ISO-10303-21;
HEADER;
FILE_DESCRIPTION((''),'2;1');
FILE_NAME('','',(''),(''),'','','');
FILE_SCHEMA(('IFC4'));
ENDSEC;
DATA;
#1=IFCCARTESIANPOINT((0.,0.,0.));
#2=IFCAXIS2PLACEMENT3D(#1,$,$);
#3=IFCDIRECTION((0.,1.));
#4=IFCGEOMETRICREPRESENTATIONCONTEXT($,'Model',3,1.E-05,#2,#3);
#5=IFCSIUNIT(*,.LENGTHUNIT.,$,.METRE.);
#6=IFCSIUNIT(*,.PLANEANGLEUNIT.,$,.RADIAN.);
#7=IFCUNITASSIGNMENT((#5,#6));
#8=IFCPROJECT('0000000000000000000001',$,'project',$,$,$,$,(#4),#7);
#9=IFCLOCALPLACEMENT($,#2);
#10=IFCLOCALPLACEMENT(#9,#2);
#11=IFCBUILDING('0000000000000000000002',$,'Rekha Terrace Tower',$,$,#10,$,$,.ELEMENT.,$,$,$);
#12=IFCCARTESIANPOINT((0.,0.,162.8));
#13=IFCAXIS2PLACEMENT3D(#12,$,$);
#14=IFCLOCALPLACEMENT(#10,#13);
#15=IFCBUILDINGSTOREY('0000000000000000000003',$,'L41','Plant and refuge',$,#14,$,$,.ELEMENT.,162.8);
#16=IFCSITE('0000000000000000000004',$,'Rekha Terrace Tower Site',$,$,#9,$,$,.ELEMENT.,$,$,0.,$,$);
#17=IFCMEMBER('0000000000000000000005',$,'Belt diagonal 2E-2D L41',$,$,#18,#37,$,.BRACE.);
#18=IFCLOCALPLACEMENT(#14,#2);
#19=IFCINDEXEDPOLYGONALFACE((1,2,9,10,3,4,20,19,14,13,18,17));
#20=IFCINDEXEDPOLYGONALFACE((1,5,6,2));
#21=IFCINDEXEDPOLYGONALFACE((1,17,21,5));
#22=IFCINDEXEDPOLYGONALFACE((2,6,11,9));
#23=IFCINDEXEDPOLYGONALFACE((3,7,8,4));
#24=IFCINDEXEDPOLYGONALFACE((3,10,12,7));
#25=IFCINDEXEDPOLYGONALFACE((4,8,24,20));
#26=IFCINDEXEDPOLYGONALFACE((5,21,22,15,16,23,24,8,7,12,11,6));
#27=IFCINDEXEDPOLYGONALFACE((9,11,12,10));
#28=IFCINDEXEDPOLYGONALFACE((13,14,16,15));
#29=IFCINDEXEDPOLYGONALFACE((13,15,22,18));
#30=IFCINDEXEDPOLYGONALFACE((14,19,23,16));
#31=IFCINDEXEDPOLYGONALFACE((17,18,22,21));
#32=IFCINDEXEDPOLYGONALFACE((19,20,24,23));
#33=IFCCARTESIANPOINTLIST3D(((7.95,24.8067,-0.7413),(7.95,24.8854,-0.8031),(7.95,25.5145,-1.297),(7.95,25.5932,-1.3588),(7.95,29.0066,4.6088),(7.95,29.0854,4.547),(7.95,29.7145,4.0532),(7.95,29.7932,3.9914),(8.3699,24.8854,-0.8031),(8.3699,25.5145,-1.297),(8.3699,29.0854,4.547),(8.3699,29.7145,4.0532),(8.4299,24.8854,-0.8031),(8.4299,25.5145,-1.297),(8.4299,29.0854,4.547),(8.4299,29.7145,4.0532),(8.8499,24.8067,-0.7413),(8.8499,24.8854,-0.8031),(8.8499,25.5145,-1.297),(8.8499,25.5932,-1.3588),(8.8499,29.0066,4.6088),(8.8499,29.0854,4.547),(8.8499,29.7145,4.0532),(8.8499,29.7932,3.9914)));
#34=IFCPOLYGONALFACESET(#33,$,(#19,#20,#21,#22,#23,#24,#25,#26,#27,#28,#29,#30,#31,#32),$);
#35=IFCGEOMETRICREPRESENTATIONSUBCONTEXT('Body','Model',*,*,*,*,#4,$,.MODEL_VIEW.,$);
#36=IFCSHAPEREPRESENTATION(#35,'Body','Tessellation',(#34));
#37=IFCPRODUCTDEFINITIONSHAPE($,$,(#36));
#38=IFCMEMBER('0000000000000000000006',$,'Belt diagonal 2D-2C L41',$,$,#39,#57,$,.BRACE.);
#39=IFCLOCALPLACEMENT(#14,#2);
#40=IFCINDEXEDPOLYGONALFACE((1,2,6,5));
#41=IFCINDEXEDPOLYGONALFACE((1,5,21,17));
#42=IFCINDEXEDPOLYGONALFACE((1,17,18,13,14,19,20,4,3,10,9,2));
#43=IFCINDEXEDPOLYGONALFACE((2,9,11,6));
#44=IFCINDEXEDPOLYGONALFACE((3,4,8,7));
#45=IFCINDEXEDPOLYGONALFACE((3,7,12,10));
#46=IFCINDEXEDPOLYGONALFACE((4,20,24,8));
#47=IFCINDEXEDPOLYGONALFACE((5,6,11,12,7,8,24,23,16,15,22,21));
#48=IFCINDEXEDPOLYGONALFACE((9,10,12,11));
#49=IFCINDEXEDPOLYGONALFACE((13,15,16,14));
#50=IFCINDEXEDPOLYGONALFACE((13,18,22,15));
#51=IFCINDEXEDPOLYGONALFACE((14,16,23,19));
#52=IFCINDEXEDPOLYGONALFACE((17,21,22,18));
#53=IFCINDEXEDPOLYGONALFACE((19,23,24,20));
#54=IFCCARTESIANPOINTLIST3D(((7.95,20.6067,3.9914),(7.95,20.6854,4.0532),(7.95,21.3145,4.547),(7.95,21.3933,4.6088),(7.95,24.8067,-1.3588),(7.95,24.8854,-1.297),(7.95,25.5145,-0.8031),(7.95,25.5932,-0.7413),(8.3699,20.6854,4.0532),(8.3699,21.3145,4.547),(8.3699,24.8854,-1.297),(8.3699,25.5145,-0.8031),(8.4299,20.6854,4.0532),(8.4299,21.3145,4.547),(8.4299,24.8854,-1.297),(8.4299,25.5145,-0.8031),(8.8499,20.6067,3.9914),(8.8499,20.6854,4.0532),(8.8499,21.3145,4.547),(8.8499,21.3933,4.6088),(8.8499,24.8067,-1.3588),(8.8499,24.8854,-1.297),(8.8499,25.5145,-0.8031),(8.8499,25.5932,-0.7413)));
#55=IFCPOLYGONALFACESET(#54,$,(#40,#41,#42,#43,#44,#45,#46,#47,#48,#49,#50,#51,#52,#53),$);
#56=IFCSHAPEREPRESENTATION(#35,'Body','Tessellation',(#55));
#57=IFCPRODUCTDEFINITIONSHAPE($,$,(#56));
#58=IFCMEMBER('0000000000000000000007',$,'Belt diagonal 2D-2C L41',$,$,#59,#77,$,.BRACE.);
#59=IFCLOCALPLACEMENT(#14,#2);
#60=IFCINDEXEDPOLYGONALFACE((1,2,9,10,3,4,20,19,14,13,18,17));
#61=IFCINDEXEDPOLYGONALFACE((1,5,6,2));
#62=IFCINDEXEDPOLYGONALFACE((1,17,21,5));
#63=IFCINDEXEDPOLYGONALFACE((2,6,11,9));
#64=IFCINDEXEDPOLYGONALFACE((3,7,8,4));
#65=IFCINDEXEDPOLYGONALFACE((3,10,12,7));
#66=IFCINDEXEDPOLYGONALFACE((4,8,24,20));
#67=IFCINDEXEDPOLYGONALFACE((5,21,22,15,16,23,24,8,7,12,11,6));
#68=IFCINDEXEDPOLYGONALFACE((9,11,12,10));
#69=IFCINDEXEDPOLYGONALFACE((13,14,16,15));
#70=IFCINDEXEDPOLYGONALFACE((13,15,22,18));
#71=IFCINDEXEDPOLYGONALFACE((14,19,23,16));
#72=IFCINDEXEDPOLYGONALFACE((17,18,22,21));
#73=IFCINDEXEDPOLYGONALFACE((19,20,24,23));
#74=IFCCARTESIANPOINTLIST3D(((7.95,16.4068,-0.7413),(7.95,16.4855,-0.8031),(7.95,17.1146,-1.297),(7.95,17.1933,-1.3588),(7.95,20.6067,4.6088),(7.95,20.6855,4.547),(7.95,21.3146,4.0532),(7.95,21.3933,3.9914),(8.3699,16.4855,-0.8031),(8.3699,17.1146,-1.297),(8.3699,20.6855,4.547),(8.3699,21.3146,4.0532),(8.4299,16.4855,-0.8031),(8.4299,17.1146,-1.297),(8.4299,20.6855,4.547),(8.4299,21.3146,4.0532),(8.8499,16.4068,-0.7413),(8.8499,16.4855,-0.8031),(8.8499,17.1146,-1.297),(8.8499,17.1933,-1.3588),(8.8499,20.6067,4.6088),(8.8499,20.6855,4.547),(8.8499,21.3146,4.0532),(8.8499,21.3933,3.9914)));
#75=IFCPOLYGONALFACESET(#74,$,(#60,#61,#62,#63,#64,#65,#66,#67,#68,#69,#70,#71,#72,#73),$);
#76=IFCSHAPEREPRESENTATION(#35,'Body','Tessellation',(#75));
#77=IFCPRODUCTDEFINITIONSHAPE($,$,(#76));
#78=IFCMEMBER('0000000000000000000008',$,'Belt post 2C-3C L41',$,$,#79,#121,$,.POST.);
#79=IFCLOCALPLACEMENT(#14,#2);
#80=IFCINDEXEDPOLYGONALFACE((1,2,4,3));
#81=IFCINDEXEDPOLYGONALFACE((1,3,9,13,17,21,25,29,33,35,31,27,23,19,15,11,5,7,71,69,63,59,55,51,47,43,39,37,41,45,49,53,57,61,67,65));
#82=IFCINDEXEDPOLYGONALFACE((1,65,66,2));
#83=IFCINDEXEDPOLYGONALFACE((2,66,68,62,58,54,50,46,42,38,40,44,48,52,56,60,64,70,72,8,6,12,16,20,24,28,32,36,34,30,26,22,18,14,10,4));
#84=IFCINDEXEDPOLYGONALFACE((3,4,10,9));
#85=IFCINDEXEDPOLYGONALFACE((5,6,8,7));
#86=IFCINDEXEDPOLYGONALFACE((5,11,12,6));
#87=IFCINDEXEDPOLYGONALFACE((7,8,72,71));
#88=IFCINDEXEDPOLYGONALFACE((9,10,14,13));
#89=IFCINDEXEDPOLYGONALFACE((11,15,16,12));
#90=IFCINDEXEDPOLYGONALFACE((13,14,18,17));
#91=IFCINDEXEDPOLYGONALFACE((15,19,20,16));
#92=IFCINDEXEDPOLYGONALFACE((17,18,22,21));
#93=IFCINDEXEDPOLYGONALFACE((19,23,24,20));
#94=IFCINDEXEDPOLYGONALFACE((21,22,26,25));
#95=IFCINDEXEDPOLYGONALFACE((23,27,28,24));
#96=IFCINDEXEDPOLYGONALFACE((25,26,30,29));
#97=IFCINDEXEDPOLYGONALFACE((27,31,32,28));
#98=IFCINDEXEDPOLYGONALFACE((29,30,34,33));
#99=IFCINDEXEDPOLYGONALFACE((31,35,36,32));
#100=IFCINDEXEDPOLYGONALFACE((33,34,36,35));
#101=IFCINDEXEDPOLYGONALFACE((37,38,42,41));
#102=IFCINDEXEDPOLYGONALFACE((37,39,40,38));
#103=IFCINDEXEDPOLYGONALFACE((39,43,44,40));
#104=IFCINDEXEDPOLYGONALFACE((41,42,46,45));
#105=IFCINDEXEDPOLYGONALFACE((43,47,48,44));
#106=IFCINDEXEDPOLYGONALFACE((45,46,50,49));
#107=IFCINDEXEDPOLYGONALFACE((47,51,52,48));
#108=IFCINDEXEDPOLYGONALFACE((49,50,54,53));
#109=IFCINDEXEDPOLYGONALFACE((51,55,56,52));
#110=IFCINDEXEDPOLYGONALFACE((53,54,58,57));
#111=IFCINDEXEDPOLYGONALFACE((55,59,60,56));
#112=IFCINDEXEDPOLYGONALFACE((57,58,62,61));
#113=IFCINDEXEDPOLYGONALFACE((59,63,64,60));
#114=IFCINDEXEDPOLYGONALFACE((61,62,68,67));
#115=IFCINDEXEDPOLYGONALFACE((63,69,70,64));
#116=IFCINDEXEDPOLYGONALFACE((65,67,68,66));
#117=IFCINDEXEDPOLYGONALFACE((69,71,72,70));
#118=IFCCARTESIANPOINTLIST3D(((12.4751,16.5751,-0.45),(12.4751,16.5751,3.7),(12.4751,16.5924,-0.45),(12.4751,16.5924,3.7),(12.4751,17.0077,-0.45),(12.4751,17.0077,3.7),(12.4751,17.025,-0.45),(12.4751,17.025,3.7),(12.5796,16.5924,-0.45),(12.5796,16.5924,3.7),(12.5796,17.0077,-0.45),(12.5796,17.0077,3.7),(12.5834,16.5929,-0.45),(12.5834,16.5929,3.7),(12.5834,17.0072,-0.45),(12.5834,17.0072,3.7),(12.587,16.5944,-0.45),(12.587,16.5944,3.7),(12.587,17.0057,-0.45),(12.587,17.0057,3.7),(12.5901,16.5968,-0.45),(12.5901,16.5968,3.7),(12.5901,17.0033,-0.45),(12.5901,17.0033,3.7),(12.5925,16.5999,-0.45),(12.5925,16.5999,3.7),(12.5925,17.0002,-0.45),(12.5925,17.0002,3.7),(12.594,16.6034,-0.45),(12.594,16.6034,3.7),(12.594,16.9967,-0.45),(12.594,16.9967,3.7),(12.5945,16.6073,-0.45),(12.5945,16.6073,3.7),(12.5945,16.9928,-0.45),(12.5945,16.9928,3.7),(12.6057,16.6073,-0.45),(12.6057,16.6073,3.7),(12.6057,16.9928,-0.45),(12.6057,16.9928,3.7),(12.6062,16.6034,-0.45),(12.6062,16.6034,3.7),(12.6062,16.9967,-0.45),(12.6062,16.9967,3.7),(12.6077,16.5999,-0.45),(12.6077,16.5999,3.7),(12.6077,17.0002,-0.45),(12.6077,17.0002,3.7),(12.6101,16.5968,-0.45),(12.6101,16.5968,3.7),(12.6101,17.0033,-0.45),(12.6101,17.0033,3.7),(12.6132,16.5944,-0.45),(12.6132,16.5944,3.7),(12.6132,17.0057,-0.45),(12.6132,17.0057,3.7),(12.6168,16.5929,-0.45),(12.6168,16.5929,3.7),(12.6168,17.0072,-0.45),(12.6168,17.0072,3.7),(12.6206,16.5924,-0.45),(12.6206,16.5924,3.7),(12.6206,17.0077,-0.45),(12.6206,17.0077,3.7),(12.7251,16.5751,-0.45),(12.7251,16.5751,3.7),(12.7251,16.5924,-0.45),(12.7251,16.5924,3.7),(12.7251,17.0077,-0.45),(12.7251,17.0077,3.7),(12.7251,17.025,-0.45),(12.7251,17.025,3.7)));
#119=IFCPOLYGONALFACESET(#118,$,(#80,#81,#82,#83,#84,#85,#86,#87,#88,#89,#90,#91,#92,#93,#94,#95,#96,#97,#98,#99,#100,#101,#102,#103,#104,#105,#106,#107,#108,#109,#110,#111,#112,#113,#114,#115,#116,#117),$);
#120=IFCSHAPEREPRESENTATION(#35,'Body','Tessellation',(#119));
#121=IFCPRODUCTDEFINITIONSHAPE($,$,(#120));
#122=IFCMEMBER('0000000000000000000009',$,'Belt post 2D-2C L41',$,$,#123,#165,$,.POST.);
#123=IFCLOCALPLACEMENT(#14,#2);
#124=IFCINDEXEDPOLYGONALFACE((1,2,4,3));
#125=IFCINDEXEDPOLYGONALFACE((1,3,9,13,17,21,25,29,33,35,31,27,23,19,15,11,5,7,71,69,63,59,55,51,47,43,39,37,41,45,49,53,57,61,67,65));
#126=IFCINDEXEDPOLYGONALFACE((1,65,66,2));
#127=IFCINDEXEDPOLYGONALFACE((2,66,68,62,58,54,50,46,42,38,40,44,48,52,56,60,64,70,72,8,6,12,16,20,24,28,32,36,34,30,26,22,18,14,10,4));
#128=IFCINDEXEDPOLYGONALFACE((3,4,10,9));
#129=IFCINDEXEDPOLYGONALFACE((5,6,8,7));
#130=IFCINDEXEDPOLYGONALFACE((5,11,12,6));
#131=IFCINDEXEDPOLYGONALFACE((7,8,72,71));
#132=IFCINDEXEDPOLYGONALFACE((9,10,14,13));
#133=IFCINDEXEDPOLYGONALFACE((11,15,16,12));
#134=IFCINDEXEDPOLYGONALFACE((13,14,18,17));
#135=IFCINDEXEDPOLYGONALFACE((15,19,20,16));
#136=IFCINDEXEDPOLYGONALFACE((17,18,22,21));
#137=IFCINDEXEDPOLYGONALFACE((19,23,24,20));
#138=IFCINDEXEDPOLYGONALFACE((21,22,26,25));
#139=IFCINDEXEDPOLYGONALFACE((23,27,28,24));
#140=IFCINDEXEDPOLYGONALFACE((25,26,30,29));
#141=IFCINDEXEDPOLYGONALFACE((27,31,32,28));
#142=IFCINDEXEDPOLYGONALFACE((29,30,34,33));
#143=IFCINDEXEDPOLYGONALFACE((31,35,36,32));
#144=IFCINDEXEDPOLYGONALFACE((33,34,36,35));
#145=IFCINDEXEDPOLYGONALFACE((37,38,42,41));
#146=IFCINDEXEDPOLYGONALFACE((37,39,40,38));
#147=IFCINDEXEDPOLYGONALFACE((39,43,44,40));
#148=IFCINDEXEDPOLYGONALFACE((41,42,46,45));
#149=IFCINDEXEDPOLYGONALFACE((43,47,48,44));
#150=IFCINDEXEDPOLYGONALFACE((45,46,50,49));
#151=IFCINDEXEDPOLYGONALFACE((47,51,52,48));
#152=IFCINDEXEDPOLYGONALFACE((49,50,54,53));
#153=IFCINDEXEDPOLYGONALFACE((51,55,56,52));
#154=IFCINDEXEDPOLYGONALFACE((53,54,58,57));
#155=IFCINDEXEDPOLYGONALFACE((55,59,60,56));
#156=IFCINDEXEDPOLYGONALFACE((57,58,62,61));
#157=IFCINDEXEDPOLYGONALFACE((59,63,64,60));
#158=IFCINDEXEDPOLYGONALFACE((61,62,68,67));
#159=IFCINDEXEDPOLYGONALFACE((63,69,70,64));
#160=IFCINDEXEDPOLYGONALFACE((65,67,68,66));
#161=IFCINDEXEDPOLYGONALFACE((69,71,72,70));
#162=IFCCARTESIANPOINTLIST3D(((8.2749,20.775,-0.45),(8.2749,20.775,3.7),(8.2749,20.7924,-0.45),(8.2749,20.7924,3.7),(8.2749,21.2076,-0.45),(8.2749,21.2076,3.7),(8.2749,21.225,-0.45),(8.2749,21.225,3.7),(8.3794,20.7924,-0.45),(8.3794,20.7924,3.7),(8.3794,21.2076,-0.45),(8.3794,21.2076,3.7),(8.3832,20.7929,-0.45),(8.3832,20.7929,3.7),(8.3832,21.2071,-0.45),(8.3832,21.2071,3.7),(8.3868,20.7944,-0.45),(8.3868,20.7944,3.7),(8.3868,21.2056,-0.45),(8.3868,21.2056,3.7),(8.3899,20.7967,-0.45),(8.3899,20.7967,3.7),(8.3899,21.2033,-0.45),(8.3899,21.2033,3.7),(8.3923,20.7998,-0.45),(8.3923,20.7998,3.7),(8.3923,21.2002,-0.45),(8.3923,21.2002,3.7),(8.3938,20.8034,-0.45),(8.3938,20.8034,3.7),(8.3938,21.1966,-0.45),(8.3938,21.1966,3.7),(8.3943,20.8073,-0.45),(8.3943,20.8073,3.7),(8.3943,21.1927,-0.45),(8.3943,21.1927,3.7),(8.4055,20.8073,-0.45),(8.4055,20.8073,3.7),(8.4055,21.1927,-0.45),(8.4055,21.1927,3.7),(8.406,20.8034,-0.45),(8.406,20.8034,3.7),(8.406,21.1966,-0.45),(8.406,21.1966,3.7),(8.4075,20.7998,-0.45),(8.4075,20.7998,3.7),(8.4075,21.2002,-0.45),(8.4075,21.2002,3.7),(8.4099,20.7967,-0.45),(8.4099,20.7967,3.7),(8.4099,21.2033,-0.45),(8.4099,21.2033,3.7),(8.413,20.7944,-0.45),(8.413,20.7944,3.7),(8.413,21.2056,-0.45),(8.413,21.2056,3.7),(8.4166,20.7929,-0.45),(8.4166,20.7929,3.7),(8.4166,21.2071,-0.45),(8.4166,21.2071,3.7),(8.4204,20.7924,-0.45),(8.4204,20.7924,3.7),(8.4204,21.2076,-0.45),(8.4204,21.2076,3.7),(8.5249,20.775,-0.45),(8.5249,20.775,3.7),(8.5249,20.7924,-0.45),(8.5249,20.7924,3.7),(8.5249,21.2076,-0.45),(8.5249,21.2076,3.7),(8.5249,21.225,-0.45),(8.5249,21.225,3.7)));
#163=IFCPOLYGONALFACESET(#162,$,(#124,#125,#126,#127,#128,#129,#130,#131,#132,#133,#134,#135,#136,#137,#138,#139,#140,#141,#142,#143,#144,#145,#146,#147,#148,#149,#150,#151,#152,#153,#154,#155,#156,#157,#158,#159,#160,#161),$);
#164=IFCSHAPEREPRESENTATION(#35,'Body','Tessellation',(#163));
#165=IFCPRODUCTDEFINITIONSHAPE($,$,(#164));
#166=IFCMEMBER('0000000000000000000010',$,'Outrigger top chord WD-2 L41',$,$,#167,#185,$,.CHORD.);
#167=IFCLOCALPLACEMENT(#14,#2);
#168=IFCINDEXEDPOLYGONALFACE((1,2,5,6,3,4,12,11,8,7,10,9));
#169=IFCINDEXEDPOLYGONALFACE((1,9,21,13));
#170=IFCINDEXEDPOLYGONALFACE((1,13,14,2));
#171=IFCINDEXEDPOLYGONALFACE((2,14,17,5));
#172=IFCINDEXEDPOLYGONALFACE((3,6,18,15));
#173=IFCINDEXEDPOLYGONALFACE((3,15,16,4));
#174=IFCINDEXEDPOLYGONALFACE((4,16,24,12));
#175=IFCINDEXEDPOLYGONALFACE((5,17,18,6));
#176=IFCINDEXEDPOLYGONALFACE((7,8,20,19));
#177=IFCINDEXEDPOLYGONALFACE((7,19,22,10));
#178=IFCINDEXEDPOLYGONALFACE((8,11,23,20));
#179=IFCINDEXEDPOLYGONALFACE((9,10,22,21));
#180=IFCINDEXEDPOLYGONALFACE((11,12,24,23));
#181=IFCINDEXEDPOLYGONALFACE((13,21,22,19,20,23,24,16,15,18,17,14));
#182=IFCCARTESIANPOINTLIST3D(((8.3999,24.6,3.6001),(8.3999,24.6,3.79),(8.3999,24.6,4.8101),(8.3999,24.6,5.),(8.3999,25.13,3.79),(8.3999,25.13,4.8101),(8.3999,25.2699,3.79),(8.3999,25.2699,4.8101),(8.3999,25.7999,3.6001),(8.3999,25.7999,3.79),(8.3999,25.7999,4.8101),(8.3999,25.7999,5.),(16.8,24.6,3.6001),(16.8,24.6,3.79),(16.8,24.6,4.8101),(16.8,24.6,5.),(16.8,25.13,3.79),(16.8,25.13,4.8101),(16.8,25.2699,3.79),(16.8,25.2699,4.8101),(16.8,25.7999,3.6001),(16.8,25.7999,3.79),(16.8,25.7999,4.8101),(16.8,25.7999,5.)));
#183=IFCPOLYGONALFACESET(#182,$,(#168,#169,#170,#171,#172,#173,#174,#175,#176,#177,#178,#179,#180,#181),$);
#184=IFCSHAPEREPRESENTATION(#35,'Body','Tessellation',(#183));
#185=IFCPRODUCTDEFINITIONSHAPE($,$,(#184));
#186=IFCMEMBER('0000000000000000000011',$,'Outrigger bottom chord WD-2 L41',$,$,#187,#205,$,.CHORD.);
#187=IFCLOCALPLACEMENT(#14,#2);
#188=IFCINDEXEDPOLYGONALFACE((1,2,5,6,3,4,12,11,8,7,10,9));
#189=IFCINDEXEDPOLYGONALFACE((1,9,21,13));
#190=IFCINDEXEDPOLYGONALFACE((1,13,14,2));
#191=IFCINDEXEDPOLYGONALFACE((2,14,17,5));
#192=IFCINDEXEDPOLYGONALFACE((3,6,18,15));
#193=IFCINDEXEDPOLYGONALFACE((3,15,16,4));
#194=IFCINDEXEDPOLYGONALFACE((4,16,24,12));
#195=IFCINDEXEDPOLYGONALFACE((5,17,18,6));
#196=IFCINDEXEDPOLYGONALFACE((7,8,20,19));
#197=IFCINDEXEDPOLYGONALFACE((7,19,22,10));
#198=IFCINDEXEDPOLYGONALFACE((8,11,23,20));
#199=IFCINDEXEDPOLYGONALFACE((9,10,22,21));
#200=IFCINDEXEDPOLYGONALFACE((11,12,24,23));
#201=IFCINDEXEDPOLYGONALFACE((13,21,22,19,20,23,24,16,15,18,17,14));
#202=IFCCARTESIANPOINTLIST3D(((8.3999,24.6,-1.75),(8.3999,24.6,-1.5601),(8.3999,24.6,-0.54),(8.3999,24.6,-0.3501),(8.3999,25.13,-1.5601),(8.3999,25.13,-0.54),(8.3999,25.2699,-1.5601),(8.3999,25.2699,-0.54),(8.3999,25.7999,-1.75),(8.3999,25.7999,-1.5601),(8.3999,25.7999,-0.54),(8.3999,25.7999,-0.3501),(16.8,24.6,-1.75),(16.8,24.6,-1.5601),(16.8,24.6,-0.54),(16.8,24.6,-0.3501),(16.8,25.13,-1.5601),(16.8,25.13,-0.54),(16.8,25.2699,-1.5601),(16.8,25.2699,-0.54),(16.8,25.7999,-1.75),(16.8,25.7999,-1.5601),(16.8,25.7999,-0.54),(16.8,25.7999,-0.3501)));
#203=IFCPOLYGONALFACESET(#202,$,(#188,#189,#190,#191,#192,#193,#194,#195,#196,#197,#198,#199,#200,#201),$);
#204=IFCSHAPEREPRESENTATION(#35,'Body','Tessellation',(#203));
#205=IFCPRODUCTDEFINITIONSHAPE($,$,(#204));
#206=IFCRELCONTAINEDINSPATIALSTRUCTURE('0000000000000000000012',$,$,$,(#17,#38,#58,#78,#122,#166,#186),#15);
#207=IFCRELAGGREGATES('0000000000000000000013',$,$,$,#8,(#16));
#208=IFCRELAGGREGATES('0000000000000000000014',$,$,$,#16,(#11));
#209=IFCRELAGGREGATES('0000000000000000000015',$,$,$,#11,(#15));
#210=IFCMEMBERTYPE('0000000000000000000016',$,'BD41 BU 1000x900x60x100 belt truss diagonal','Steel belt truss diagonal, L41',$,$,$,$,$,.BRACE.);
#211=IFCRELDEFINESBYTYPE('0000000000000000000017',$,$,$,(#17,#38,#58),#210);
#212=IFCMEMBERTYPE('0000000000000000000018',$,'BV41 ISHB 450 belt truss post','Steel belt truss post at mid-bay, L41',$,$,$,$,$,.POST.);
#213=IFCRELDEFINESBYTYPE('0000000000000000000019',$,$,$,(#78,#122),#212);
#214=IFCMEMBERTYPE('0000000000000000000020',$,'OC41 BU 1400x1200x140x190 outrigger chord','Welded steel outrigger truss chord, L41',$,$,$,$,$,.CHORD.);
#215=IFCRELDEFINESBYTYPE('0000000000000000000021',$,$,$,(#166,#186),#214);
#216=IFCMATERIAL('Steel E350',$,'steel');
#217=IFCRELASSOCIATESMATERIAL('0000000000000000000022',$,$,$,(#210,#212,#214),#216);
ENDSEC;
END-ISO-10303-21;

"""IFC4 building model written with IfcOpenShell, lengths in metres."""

from ifc_helpers import new_model, si_unit, direction, frame, origin, origin_2d, place, context, subcontext, project, spatial, i_section, extrude, material, material_profile, profile_set, type_object, element, save


model = new_model("IFC4")

# Units and contexts
model_context = context("Model", 3, precision=1e-05, world=origin(), true_north=direction((0.0, 1.0)))
body_context = subcontext(model_context, "Body", "Model", "MODEL_VIEW")
ifc_project = project(units=[si_unit("LENGTHUNIT", "METRE"), si_unit("PLANEANGLEUNIT", "RADIAN")], contexts=[model_context])

# Site, building, storey
site_placement = place(None, origin())
site = spatial("IfcSite", under=ifc_project, at=site_placement, Name="Rekha Terrace Tower Site", CompositionType="ELEMENT", RefElevation=0.0)
building_placement = place(site_placement, origin())
building = spatial("IfcBuilding", under=site, at=building_placement, Name="Rekha Terrace Tower", CompositionType="ELEMENT")
storey_placement = place(building_placement, frame((0.0, 0.0, 162.8)))
storey = spatial("IfcBuildingStorey", under=building, at=storey_placement, Name="L41", Description="Plant and refuge", CompositionType="ELEMENT", Elevation=162.8)

# Members
ifc_material_1 = material(Name="Steel E350", Category="steel")
ifc_material_profile_1 = material_profile(ifc_material_1, i_section(OverallWidth=0.8999, OverallDepth=1.0, WebThickness=0.0601, FlangeThickness=0.1001, at=origin_2d()), Name="BU 1000x900x60x100")
ifc_profile_set_1 = profile_set([ifc_material_profile_1], Name="Steel E350")
member_type_1 = type_object("IfcMemberType", Name="BD41 BU 1000x900x60x100 belt truss diagonal", Description="Steel belt truss diagonal, L41", PredefinedType="BRACE", material=ifc_profile_set_1)
for number, where, z_axis, x_axis, name in (
    (1, (8.3999, 25.2, -1.05), (0.0, 0.617485, 0.786582), (-1.0, 0.0, 0.0), "Belt diagonal 2E-2D L41"),
    (2, (8.3999, 25.2, -1.05), (0.0, -0.617485, 0.786582), (1.0, 0.0, 0.0), "Belt diagonal 2D-2C L41"),
    (3, (8.3999, 16.8, -1.05), (0.0, 0.617485, 0.786582), (-1.0, 0.0, 0.0), "Belt diagonal 2D-2C L41"),
):
    element("IfcMember", number, at=place(storey_placement, frame(where, z_axis=z_axis, x_axis=x_axis)), inside=storey, type_object=member_type_1, Name=name, PredefinedType="BRACE", context=body_context, shape_type="SweptSolid", body=[
        extrude(i_section(OverallWidth=0.8999, OverallDepth=1.0, WebThickness=0.0601, FlangeThickness=0.1001, at=origin_2d()), origin(), (0.0, 0.0, 1.0), 6.8018),
    ])
ifc_material_profile_2 = material_profile(ifc_material_1, i_section(OverallWidth=0.25, OverallDepth=0.45, WebThickness=0.0112, FlangeThickness=0.0173, FilletRadius=0.0149, at=origin_2d()), Name="ISHB 450")
ifc_profile_set_2 = profile_set([ifc_material_profile_2], Name="Steel E350")
member_type_2 = type_object("IfcMemberType", Name="BV41 ISHB 450 belt truss post", Description="Steel belt truss post at mid-bay, L41", PredefinedType="POST", material=ifc_profile_set_2)
for number, where, z_axis, x_axis, name in (
    (4, (12.6001, 16.8, -0.45), (0.0, 0.0, 1.0), (1.0, 0.0, 0.0), "Belt post 2C-3C L41"),
    (5, (8.3999, 21.0, -0.45), (0.0, 0.0, 1.0), (1.0, 0.0, 0.0), "Belt post 2D-2C L41"),
):
    element("IfcMember", number, at=place(storey_placement, frame(where, z_axis=z_axis, x_axis=x_axis)), inside=storey, type_object=member_type_2, Name=name, PredefinedType="POST", context=body_context, shape_type="SweptSolid", body=[
        extrude(i_section(OverallWidth=0.25, OverallDepth=0.45, WebThickness=0.0112, FlangeThickness=0.0173, FilletRadius=0.0149, at=origin_2d()), origin(), (0.0, 0.0, 1.0), 4.1499),
    ])
ifc_material_profile_3 = material_profile(ifc_material_1, i_section(OverallWidth=1.2, OverallDepth=1.3999, WebThickness=0.1399, FlangeThickness=0.1899, at=origin_2d()), Name="BU 1400x1200x140x190")
ifc_profile_set_3 = profile_set([ifc_material_profile_3], Name="Steel E350")
member_type_3 = type_object("IfcMemberType", Name="OC41 BU 1400x1200x140x190 outrigger chord", Description="Welded steel outrigger truss chord, L41", PredefinedType="CHORD", material=ifc_profile_set_3)
for number, where, z_axis, x_axis, name in (
    (6, (16.8, 25.2, 4.3), (-1.0, 0.0, 0.0), (0.0, -1.0, 0.0), "Outrigger top chord WD-2 L41"),
    (7, (16.8, 25.2, -1.05), (-1.0, 0.0, 0.0), (0.0, -1.0, 0.0), "Outrigger bottom chord WD-2 L41"),
):
    element("IfcMember", number, at=place(storey_placement, frame(where, z_axis=z_axis, x_axis=x_axis)), inside=storey, type_object=member_type_3, Name=name, PredefinedType="CHORD", context=body_context, shape_type="SweptSolid", body=[
        extrude(i_section(OverallWidth=1.2, OverallDepth=1.3999, WebThickness=0.1399, FlangeThickness=0.1899, at=origin_2d()), origin(), (0.0, 0.0, 1.0), 8.4001),
    ])

save(model, "model.ifc")
